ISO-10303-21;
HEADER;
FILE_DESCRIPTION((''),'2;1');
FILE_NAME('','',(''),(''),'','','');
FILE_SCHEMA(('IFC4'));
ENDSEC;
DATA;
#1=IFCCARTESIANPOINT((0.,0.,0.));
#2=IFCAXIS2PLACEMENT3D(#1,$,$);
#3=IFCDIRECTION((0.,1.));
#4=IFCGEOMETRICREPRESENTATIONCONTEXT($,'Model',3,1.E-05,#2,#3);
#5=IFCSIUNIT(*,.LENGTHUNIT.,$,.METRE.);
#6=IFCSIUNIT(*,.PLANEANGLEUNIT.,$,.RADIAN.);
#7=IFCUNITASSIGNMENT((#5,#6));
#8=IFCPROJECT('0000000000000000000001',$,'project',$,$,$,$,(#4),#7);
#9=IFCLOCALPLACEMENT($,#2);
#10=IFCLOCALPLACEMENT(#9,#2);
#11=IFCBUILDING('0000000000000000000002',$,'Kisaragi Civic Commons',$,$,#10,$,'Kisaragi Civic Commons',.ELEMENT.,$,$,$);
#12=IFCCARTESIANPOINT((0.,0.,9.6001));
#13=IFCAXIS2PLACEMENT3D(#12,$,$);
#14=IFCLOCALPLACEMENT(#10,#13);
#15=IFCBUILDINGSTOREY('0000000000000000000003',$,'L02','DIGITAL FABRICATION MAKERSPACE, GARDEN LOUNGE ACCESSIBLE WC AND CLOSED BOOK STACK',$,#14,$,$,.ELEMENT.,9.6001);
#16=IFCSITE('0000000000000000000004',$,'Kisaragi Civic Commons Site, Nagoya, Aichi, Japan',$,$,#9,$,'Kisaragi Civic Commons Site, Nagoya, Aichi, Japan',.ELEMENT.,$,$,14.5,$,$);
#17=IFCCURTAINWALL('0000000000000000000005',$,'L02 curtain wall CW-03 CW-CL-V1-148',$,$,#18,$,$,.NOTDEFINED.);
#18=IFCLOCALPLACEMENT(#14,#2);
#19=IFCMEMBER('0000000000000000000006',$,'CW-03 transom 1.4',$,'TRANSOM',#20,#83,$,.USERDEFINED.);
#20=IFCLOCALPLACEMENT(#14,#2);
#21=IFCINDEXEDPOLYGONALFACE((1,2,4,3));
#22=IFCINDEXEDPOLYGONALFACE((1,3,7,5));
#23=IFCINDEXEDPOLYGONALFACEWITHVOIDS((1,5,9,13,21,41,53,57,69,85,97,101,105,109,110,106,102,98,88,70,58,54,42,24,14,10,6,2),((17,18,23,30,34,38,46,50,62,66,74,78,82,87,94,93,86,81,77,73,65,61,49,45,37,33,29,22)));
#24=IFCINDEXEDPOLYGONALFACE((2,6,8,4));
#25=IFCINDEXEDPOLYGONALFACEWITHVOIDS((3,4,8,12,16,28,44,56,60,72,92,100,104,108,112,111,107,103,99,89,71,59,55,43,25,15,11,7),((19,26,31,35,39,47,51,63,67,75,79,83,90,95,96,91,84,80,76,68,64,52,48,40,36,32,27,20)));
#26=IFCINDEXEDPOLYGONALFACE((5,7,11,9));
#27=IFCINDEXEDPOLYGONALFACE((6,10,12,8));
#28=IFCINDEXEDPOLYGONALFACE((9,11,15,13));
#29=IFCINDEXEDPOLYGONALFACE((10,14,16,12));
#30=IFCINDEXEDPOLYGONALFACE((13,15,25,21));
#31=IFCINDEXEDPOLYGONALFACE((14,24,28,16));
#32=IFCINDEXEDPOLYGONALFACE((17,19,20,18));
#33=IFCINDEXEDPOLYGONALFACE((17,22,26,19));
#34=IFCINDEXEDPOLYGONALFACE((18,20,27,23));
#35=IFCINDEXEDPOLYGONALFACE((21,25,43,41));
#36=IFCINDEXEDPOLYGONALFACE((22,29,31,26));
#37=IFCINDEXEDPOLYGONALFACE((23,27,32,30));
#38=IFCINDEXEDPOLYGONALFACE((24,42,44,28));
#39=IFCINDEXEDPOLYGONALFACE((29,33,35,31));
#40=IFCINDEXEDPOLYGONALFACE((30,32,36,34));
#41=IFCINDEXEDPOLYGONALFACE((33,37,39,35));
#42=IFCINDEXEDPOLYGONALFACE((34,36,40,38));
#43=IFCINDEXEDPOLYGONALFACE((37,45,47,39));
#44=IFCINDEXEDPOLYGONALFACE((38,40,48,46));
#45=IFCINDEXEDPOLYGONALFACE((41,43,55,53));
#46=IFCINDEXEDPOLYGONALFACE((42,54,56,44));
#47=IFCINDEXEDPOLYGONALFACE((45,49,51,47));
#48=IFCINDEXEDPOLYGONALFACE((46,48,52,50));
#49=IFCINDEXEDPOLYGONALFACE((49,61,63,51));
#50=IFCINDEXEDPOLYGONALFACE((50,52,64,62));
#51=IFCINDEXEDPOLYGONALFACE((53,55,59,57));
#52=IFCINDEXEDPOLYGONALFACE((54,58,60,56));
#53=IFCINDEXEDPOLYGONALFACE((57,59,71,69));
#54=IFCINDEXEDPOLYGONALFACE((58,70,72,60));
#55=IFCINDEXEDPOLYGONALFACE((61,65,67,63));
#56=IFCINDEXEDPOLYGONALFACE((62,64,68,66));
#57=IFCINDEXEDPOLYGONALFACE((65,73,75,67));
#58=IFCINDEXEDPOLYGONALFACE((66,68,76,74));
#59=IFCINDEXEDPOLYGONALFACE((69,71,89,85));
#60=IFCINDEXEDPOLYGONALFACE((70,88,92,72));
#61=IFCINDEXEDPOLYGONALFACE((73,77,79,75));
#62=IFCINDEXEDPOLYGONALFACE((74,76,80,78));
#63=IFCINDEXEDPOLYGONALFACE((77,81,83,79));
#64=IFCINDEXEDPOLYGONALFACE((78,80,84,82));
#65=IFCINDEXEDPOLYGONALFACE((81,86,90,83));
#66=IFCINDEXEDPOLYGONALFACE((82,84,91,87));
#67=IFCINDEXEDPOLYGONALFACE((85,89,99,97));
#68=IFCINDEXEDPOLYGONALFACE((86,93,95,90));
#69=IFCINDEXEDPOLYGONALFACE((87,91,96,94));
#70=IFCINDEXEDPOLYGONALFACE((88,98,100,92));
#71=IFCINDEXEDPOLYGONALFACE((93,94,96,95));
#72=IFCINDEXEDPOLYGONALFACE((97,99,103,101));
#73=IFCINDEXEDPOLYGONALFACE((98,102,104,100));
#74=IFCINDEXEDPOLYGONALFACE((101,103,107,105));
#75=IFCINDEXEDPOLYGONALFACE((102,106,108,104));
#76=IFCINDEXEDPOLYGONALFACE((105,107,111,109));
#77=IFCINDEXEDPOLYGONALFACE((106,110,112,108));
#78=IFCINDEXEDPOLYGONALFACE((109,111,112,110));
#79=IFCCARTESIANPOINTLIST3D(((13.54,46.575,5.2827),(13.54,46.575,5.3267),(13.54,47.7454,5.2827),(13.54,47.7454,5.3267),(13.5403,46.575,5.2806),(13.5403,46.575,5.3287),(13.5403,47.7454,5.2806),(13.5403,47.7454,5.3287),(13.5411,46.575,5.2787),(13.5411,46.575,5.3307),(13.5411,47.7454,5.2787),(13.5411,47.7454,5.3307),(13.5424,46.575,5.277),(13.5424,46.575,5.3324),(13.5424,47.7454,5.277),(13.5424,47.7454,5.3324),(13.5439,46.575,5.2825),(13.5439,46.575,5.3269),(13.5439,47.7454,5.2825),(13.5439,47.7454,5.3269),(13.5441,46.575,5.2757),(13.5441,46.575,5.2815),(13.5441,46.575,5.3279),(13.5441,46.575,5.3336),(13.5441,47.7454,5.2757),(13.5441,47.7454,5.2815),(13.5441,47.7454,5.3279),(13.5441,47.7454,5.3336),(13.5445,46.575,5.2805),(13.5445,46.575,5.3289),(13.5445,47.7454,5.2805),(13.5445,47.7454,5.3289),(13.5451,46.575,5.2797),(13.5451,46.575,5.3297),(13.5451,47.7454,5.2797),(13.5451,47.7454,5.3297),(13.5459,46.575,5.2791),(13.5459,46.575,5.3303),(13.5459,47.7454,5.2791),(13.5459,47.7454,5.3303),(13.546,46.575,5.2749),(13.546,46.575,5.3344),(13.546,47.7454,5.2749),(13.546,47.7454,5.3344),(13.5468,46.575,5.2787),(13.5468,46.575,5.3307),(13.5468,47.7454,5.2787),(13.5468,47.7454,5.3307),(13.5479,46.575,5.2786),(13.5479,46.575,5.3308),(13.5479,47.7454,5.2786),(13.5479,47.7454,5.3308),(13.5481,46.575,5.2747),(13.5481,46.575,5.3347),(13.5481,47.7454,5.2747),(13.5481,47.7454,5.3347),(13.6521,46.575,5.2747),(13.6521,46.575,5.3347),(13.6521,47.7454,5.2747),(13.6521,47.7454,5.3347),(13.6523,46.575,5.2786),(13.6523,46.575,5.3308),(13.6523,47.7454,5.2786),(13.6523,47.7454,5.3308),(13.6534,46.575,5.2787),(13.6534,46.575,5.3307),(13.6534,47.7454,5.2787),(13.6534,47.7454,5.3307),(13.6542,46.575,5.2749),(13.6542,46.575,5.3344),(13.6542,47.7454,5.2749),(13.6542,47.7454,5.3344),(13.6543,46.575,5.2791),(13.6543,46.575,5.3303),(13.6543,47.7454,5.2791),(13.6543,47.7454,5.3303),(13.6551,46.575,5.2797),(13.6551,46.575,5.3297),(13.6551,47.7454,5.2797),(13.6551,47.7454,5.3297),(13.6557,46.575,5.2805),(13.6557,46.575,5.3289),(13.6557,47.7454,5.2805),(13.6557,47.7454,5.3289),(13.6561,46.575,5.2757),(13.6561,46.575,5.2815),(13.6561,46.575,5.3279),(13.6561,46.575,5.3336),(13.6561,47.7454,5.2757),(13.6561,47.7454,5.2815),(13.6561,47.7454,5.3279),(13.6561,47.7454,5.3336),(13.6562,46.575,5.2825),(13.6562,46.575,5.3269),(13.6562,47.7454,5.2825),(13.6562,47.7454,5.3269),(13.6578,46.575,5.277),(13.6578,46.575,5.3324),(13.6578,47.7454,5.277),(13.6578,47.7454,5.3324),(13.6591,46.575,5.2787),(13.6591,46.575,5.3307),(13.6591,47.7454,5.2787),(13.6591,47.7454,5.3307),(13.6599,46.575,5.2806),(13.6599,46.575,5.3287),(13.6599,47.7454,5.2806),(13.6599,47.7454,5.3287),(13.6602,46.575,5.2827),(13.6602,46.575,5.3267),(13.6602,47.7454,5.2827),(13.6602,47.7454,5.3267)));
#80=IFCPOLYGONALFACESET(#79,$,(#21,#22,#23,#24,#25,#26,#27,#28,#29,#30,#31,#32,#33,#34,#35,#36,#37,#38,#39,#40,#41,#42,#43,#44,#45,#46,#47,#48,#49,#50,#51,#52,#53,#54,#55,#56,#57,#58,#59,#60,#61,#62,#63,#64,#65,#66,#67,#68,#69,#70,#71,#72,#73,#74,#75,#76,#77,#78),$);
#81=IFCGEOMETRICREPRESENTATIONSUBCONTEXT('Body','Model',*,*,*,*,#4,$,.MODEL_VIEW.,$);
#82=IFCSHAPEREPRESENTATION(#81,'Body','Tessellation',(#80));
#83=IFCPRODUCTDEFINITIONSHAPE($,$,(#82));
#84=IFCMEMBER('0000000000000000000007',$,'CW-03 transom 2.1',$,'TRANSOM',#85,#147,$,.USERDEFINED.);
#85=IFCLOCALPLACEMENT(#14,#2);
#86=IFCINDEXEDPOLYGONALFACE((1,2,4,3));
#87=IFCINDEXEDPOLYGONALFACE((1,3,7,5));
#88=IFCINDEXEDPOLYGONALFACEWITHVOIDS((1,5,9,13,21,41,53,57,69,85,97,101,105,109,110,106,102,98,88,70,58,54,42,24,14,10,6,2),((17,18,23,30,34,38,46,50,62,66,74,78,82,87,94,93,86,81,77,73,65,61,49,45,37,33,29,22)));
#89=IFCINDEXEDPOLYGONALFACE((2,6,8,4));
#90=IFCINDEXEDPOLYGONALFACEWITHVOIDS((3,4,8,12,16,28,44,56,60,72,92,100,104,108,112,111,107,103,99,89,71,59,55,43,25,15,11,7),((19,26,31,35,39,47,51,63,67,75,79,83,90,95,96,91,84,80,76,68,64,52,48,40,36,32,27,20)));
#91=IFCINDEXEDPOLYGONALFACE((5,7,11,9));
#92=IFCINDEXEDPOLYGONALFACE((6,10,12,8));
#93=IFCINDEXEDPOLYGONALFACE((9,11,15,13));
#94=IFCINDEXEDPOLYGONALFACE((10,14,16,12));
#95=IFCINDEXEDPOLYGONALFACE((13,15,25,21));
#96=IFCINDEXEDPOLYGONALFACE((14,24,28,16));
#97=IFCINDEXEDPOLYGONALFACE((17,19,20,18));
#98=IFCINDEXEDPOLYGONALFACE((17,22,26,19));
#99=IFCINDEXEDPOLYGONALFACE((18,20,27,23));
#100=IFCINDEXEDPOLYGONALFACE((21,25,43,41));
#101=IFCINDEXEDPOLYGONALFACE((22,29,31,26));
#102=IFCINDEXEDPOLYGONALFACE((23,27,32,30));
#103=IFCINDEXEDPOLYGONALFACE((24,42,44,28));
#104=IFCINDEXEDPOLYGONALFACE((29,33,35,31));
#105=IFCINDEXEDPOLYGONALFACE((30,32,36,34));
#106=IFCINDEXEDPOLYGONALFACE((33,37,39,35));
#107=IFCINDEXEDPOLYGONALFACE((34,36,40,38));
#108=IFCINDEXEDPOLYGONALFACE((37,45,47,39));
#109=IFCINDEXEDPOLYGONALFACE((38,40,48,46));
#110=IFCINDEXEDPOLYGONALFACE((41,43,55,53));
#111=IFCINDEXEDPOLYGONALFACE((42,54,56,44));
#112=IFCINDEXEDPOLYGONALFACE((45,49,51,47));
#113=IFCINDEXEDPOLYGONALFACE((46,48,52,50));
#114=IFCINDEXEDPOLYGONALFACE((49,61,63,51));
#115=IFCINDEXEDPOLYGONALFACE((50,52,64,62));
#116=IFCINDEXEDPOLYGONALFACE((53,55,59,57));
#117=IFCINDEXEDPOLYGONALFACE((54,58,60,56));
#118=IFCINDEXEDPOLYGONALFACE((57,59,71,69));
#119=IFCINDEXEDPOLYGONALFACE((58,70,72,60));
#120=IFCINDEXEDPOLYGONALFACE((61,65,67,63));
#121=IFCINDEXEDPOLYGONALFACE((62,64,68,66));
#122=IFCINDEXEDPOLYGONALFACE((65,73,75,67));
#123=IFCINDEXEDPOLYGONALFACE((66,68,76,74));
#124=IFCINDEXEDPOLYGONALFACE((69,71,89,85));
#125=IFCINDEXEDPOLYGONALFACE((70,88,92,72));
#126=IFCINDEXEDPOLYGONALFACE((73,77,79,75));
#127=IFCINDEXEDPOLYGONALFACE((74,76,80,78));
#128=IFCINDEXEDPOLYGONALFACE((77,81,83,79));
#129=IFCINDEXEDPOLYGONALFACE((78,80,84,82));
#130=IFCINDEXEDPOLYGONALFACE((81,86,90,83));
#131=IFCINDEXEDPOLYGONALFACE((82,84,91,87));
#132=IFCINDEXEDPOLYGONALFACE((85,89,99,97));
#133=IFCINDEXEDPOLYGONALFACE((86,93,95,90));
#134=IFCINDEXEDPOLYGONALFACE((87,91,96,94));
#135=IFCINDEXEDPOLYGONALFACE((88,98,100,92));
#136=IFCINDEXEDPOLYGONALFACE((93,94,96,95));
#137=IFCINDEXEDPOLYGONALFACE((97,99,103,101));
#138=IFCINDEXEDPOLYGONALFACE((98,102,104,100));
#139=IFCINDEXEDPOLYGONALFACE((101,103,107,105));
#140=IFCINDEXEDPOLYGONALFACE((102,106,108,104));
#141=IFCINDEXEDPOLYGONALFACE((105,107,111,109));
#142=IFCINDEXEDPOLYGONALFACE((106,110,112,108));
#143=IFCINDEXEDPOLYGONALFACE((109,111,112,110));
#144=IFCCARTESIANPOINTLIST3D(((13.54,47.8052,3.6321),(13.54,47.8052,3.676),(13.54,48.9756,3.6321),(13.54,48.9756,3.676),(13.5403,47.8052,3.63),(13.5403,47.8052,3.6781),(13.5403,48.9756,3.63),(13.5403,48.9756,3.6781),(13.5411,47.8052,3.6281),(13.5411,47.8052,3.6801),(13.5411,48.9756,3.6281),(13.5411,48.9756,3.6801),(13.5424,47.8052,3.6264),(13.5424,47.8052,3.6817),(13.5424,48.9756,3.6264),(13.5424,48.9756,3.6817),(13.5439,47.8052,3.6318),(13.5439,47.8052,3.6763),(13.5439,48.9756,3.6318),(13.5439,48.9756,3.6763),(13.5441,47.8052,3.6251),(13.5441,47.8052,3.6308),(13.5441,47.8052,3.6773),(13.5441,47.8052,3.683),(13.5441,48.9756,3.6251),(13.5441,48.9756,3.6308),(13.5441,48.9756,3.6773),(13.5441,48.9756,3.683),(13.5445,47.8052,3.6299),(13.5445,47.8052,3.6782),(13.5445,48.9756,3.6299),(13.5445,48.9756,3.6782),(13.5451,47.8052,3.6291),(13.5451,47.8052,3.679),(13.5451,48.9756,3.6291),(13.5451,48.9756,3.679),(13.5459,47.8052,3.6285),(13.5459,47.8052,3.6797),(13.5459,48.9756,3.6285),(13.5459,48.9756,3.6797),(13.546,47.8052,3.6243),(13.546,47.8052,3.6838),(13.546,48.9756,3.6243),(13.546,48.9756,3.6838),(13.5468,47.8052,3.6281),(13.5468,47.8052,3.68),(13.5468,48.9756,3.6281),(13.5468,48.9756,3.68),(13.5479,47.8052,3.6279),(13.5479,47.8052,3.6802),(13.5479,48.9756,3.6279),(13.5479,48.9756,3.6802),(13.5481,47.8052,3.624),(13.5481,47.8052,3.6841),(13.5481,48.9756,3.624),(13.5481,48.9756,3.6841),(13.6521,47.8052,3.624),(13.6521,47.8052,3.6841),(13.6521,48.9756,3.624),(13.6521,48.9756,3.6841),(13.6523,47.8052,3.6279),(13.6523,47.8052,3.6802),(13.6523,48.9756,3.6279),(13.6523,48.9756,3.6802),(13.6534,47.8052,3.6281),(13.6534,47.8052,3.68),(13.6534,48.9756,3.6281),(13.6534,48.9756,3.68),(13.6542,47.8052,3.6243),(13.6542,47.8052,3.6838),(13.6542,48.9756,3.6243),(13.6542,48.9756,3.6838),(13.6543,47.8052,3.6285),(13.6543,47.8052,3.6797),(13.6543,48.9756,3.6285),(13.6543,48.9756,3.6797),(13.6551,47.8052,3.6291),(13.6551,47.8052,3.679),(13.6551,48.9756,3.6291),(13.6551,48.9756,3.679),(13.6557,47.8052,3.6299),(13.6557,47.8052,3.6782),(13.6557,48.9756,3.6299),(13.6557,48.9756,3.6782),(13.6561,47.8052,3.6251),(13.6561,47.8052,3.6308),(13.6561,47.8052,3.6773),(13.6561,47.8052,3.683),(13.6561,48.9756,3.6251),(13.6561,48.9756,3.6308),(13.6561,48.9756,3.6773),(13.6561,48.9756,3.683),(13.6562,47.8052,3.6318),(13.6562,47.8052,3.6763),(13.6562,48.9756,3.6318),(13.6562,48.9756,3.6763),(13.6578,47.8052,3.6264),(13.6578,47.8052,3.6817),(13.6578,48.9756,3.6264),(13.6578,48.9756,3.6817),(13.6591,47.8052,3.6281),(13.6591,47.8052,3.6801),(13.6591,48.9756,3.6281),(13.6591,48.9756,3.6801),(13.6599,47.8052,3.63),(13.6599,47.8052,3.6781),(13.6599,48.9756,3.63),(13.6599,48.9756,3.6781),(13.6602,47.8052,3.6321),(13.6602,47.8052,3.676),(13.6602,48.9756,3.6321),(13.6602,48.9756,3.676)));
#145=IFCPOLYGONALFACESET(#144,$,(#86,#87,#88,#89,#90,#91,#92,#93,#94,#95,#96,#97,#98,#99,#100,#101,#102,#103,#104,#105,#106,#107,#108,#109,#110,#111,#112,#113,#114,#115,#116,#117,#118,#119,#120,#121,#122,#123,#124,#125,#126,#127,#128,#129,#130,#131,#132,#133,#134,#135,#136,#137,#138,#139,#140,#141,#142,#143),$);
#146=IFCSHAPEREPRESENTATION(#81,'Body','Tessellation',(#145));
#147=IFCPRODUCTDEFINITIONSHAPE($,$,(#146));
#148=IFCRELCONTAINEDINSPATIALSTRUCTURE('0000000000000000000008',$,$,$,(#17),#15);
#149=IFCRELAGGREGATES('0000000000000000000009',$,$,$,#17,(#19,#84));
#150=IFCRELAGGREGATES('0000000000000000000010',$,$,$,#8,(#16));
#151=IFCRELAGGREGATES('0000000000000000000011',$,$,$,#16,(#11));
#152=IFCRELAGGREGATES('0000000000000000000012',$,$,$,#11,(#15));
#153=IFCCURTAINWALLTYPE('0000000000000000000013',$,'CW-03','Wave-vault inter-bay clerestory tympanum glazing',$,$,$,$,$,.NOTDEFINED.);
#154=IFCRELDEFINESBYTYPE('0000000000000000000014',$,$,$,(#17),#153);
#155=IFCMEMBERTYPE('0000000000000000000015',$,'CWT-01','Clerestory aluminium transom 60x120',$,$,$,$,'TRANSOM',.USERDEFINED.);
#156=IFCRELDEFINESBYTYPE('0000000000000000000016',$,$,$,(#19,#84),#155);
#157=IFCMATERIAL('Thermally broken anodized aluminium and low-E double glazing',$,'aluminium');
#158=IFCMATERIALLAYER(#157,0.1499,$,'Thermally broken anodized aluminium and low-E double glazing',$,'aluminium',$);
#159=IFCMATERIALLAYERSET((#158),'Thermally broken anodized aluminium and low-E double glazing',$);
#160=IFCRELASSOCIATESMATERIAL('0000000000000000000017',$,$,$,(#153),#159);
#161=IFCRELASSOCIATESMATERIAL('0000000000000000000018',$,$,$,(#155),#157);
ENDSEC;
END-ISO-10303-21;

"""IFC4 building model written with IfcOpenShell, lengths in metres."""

from ifc_helpers import new_model, si_unit, direction, frame, origin, origin_2d, place, context, subcontext, project, spatial, hollow_rectangle, extrude, material, layer, layer_set, material_profile, profile_set, type_object, element, aggregate, save


model = new_model("IFC4")

# Units and contexts
model_context = context("Model", 3, precision=1e-05, world=origin(), true_north=direction((0.0, 1.0)))
body_context = subcontext(model_context, "Body", "Model", "MODEL_VIEW")
ifc_project = project(units=[si_unit("LENGTHUNIT", "METRE"), si_unit("PLANEANGLEUNIT", "RADIAN")], contexts=[model_context])

# Site, building, storey
site_placement = place(None, origin())
site = spatial("IfcSite", under=ifc_project, at=site_placement, Name="Kisaragi Civic Commons Site, Nagoya, Aichi, Japan", LongName="Kisaragi Civic Commons Site, Nagoya, Aichi, Japan", CompositionType="ELEMENT", RefElevation=14.5)
building_placement = place(site_placement, origin())
building = spatial("IfcBuilding", under=site, at=building_placement, Name="Kisaragi Civic Commons", LongName="Kisaragi Civic Commons", CompositionType="ELEMENT")
storey_placement = place(building_placement, frame((0.0, 0.0, 9.6001)))
storey = spatial("IfcBuildingStorey", under=building, at=storey_placement, Name="L02", Description="DIGITAL FABRICATION MAKERSPACE, GARDEN LOUNGE ACCESSIBLE WC AND CLOSED BOOK STACK", CompositionType="ELEMENT", Elevation=9.6001)

# Shared definitions
ifc_material_1 = material(Name="Thermally broken anodized aluminium and low-E double glazing", Category="aluminium")
ifc_layer_1 = layer(ifc_material_1, 0.1499, Name="Thermally broken anodized aluminium and low-E double glazing", Category="aluminium")
ifc_layer_set_1 = layer_set([ifc_layer_1], Name="Thermally broken anodized aluminium and low-E double glazing")
curtain_wall_type = type_object("IfcCurtainWallType", Name="CW-03", Description="Wave-vault inter-bay clerestory tympanum glazing", PredefinedType="NOTDEFINED", material=ifc_layer_set_1)

# Curtain wall, members
curtain_wall_1_placement = place(storey_placement, origin())
curtain_wall_1 = element("IfcCurtainWall", 1, at=curtain_wall_1_placement, inside=storey, type_object=curtain_wall_type, Name="L02 curtain wall CW-03 CW-CL-V1-148", PredefinedType="NOTDEFINED")
ifc_material_profile_1 = material_profile(ifc_material_1, hollow_rectangle(XDim=0.1201, YDim=0.0601, WallThickness=0.0039, InnerFilletRadius=0.0039, OuterFilletRadius=0.0081, at=origin_2d()), Name="CWT-60x120x4", Category="aluminium")
ifc_profile_set_1 = profile_set([ifc_material_profile_1], Name="Thermally broken anodized aluminium and low-E double glazing")
member_type_1 = type_object("IfcMemberType", Name="CWT-01", Description="Clerestory aluminium transom 60x120", ElementType="TRANSOM", PredefinedType="USERDEFINED", material=ifc_profile_set_1)
member_1_placement = place(storey_placement, frame((13.6001, 46.575, 5.3047), z_axis=(0.0, 1.0, 0.0), x_axis=(-1.0, 0.0, 0.0)))
member_1 = element("IfcMember", 2, at=member_1_placement, type_object=member_type_1, Name="CW-03 transom 1.4", ObjectType="TRANSOM", PredefinedType="USERDEFINED", context=body_context, shape_type="SweptSolid", body=[
    extrude(hollow_rectangle(XDim=0.1201, YDim=0.0601, WallThickness=0.0039, InnerFilletRadius=0.0039, OuterFilletRadius=0.0081, at=origin_2d()), origin(), (0.0, 0.0, 1.0), 1.1704),
])
member_2_placement = place(storey_placement, frame((13.6001, 47.8052, 3.6541), z_axis=(0.0, 1.0, 0.0), x_axis=(-1.0, 0.0, 0.0)))
member_2 = element("IfcMember", 3, at=member_2_placement, type_object=member_type_1, Name="CW-03 transom 2.1", ObjectType="TRANSOM", PredefinedType="USERDEFINED", context=body_context, shape_type="SweptSolid", body=[
    extrude(hollow_rectangle(XDim=0.1201, YDim=0.0601, WallThickness=0.0039, InnerFilletRadius=0.0039, OuterFilletRadius=0.0081, at=origin_2d()), origin(), (0.0, 0.0, 1.0), 1.1704),
])

aggregate(curtain_wall_1, [member_1, member_2])

save(model, "model.ifc")
